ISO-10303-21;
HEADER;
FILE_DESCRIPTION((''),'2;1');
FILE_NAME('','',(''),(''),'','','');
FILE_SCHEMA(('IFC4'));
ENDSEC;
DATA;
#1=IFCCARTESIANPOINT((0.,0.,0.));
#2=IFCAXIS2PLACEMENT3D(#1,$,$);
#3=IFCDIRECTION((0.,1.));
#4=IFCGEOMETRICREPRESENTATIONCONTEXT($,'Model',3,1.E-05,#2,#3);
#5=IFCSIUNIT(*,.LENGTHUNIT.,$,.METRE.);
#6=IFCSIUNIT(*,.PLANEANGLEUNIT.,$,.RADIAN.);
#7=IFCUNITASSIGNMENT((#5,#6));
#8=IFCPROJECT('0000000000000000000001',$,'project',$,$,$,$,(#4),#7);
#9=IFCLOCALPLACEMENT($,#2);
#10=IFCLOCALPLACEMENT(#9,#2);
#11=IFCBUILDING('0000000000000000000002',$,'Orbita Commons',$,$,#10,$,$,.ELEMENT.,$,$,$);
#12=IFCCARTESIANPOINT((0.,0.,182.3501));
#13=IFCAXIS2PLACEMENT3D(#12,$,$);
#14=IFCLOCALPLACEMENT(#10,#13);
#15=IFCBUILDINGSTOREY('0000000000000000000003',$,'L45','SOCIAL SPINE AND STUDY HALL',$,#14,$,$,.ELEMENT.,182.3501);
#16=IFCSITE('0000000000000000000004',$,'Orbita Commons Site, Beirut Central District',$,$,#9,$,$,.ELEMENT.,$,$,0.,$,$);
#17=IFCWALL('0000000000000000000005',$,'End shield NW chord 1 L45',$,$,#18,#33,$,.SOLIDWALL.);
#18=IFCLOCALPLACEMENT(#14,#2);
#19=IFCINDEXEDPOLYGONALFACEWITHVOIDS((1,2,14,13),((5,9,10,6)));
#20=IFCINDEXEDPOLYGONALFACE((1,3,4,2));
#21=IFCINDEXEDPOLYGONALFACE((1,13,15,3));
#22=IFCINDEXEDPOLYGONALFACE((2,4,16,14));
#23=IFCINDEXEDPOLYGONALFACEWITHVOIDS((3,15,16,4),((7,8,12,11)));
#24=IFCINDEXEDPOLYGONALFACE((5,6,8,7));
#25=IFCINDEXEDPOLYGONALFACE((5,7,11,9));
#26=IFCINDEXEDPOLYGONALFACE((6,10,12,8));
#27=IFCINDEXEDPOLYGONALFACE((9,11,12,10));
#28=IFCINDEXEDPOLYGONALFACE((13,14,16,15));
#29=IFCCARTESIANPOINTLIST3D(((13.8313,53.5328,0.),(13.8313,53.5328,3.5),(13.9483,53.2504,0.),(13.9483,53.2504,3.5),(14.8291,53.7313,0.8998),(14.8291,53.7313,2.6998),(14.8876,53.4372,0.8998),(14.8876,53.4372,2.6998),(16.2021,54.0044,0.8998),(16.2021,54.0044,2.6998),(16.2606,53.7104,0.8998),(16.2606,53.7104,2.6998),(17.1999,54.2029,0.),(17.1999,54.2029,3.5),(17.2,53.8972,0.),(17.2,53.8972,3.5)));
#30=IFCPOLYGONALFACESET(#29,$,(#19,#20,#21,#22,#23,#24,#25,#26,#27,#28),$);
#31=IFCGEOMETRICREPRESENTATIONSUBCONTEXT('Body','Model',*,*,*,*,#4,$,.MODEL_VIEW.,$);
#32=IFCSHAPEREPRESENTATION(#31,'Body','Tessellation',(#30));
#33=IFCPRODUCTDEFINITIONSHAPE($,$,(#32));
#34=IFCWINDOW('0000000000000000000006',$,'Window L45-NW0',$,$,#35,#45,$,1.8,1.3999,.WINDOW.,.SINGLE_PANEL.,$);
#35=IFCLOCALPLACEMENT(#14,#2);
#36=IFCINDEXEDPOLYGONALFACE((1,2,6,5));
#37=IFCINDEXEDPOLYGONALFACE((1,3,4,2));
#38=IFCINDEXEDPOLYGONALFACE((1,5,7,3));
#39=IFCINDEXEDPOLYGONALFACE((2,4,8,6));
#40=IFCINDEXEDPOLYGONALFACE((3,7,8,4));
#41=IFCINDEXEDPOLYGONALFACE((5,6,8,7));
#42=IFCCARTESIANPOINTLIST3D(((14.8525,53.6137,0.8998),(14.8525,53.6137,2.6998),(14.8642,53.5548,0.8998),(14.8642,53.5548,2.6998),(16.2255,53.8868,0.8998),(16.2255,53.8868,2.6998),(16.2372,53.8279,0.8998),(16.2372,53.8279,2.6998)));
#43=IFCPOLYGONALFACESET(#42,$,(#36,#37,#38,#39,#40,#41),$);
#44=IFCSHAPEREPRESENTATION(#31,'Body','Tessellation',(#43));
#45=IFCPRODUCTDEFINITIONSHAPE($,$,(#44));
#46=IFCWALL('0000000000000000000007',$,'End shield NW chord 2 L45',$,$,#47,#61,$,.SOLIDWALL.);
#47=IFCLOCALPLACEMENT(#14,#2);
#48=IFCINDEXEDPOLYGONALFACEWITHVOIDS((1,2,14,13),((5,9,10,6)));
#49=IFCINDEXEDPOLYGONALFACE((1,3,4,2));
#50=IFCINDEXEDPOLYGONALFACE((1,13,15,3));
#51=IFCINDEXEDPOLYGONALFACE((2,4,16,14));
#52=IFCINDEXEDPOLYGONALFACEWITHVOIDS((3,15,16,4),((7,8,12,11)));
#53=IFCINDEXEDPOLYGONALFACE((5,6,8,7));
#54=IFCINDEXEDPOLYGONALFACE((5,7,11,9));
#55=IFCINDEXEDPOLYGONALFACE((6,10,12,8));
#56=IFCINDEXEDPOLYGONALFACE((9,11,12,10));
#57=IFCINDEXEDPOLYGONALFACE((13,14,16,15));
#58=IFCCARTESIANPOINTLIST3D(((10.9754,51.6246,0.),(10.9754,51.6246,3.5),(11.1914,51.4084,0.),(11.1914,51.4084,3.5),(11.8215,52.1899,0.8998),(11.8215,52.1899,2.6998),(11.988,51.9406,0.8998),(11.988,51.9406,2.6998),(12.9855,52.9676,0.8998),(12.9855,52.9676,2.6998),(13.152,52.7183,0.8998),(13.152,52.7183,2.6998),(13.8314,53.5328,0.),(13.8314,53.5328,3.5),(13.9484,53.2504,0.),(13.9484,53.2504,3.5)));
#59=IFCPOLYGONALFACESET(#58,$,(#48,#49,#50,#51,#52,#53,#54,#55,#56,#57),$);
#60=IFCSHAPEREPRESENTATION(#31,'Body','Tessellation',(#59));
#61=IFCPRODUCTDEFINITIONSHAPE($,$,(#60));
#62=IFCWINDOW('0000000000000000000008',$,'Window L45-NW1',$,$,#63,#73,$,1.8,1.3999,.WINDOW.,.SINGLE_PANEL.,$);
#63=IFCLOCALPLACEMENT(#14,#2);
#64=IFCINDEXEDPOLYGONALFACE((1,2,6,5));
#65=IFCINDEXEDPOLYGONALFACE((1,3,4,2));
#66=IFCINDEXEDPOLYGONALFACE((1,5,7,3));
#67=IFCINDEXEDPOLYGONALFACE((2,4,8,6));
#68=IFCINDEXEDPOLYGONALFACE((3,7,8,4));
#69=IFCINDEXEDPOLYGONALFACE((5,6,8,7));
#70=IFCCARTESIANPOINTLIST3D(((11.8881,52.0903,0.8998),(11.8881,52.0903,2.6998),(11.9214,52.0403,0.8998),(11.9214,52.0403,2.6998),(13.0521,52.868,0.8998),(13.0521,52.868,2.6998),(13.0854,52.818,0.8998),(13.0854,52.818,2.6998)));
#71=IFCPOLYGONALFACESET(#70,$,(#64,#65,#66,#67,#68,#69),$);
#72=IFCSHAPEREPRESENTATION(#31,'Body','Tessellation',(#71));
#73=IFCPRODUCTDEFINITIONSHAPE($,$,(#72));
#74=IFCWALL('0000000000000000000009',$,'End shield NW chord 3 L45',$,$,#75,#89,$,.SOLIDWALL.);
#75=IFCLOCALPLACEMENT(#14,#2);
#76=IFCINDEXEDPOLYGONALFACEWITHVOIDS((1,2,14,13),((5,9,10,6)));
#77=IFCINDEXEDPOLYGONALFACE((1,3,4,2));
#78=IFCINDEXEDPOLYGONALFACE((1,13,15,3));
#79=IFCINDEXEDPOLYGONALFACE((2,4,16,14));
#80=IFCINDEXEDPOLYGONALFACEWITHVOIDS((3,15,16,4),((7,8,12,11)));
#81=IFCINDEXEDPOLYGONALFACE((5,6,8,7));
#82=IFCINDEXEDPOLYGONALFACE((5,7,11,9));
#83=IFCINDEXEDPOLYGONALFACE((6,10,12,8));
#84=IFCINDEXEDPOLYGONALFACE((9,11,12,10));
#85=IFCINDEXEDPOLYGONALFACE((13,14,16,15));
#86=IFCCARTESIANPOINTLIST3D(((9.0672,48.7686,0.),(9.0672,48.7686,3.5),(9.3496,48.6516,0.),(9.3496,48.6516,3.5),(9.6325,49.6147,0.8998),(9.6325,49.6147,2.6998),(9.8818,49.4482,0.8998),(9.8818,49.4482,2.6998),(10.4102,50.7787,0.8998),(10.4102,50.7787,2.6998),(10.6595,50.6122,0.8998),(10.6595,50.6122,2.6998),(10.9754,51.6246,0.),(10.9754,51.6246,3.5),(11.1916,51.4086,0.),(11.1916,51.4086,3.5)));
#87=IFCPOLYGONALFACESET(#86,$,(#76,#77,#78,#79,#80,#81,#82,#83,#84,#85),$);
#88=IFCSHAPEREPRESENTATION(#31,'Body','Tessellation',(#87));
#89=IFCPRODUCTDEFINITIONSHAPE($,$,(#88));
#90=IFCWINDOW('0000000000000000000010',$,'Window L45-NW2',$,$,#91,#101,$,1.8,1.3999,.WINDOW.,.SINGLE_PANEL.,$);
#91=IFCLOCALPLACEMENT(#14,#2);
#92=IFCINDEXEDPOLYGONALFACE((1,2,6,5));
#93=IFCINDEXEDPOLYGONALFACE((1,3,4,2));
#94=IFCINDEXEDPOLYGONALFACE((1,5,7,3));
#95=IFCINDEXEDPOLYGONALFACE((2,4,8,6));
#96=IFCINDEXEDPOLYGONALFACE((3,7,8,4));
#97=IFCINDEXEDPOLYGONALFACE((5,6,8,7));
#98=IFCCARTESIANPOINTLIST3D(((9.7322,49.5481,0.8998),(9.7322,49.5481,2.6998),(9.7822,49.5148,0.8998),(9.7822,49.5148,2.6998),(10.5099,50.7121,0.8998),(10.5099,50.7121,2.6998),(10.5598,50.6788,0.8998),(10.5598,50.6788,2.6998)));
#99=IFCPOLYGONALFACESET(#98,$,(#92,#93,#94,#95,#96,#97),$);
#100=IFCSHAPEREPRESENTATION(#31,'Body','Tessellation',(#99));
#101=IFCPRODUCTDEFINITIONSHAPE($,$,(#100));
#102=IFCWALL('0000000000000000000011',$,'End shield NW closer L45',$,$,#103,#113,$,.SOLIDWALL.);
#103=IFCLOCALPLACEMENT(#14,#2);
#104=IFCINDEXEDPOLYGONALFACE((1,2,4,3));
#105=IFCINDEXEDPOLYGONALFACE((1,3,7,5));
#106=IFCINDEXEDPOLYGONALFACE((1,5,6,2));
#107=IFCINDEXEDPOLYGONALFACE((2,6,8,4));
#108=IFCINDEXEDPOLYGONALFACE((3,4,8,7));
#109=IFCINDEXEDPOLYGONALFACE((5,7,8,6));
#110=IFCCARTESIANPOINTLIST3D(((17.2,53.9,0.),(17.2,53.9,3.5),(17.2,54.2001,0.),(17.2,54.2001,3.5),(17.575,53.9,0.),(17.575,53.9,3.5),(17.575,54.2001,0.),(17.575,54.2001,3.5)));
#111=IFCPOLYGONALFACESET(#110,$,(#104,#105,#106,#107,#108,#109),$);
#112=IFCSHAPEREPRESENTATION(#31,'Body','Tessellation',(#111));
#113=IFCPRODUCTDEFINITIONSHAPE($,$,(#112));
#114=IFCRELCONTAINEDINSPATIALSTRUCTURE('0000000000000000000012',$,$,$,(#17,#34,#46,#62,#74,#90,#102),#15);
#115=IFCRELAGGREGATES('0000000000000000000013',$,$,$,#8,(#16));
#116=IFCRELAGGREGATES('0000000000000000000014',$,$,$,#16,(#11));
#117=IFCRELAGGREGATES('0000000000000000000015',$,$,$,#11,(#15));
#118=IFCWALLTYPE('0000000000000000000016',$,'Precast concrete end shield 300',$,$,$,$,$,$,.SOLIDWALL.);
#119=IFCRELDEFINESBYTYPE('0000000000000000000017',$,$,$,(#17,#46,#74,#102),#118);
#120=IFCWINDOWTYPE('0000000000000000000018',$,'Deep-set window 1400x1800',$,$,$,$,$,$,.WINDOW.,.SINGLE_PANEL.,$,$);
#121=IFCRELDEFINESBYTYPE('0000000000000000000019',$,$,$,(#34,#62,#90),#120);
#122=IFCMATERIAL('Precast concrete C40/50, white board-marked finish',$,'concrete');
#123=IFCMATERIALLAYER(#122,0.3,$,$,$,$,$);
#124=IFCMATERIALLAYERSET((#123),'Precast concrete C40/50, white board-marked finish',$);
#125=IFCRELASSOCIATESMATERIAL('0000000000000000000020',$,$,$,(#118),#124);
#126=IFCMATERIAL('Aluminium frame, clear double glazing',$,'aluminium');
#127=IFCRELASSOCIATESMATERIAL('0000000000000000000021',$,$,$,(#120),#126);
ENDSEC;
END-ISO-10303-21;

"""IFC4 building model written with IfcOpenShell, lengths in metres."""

from ifc_helpers import new_model, si_unit, direction, frame, frame_2d, origin, place, context, subcontext, project, spatial, polyline, rectangle, outline, extrude, material, layer, layer_set, type_object, element, fill, save


model = new_model("IFC4")

# Units and contexts
model_context = context("Model", 3, precision=1e-05, world=origin(), true_north=direction((0.0, 1.0)))
body_context = subcontext(model_context, "Body", "Model", "MODEL_VIEW")
ifc_project = project(units=[si_unit("LENGTHUNIT", "METRE"), si_unit("PLANEANGLEUNIT", "RADIAN")], contexts=[model_context])

# Site, building, storey
site_placement = place(None, origin())
site = spatial("IfcSite", under=ifc_project, at=site_placement, Name="Orbita Commons Site, Beirut Central District", CompositionType="ELEMENT", RefElevation=0.0)
building_placement = place(site_placement, origin())
building = spatial("IfcBuilding", under=site, at=building_placement, Name="Orbita Commons", CompositionType="ELEMENT")
storey_placement = place(building_placement, frame((0.0, 0.0, 182.3501)))
storey = spatial("IfcBuildingStorey", under=building, at=storey_placement, Name="L45", Description="SOCIAL SPINE AND STUDY HALL", CompositionType="ELEMENT", Elevation=182.3501)

# Walls, openings, windows
ifc_material_1 = material(Name="Precast concrete C40/50, white board-marked finish", Category="concrete")
ifc_layer_1 = layer(ifc_material_1, 0.3)
ifc_layer_set_1 = layer_set([ifc_layer_1], Name="Precast concrete C40/50, white board-marked finish")
wall_type_1 = type_object("IfcWallType", Name="Precast concrete end shield 300", PredefinedType="SOLIDWALL", material=ifc_layer_set_1)
wall_1_placement = place(storey_placement, frame((17.2, 54.05, 0.0), z_axis=(0.0, 0.0, 1.0), x_axis=(-0.980783, -0.1951, 0.0)))
wall_1 = element("IfcWall", 1, at=wall_1_placement, inside=storey, type_object=wall_type_1, Name="End shield NW chord 1 L45", PredefinedType="SOLIDWALL", context=body_context, shape_type="SweptSolid", body=[
    extrude(outline(polyline([(-0.0298, -0.1499), (3.4048, -0.1499), (3.3452, 0.1499), (0.0298, 0.1499), (-0.0298, -0.1499)])), origin(), (0.0, 0.0, 1.0), 3.5),
])
opening_1_placement = place(wall_1_placement, frame((0.9875, 0.0, 0.8999)))
opening_1 = element("IfcOpeningElement", 2, at=opening_1_placement, cuts=wall_1, PredefinedType="OPENING", context=body_context, shape_type="SweptSolid", body=[
    extrude(rectangle(XDim=1.3999, YDim=1.8, at=frame_2d((0.7, 0.8999))), frame((0.0, 0.1599, 0.0), z_axis=(0.0, -1.0, 0.0), x_axis=(1.0, 0.0, 0.0)), (0.0, 0.0, 1.0), 0.3201),
])
ifc_material_2 = material(Name="Aluminium frame, clear double glazing", Category="aluminium")
window_type = type_object("IfcWindowType", Name="Deep-set window 1400x1800", PartitioningType="SINGLE_PANEL", PredefinedType="WINDOW", material=ifc_material_2)
window_1_placement = place(opening_1_placement, origin())
window_1 = element("IfcWindow", 3, at=window_1_placement, inside=storey, type_object=window_type, Name="Window L45-NW0", OverallHeight=1.8, OverallWidth=1.3999, PartitioningType="SINGLE_PANEL", PredefinedType="WINDOW", context=body_context, shape_type="SweptSolid", body=[
    extrude(rectangle(XDim=1.3999, YDim=1.8, at=frame_2d((0.7, 0.8999))), frame((0.0, 0.03, 0.0), z_axis=(0.0, -1.0, 0.0), x_axis=(1.0, 0.0, 0.0)), (0.0, 0.0, 1.0), 0.0601),
])
fill(opening_1, window_1)
wall_2_placement = place(storey_placement, frame((13.8899, 53.3916, 0.0), z_axis=(0.0, 0.0, 1.0), x_axis=(-0.831493, -0.555535, 0.0)))
wall_2 = element("IfcWall", 4, at=wall_2_placement, inside=storey, type_object=wall_type_1, Name="End shield NW chord 2 L45", PredefinedType="SOLIDWALL", context=body_context, shape_type="SweptSolid", body=[
    extrude(outline(polyline([(-0.0298, -0.1499), (3.405, -0.1499), (3.3455, 0.1499), (0.0298, 0.1499), (-0.0298, -0.1499)])), origin(), (0.0, 0.0, 1.0), 3.5),
])
opening_2_placement = place(wall_2_placement, frame((0.9875, 0.0, 0.8999)))
opening_2 = element("IfcOpeningElement", 5, at=opening_2_placement, cuts=wall_2, PredefinedType="OPENING", context=body_context, shape_type="SweptSolid", body=[
    extrude(rectangle(XDim=1.3999, YDim=1.8, at=frame_2d((0.7, 0.8999))), frame((0.0, 0.1599, 0.0), z_axis=(0.0, -1.0, 0.0), x_axis=(1.0, 0.0, 0.0)), (0.0, 0.0, 1.0), 0.3201),
])
window_2_placement = place(opening_2_placement, origin())
window_2 = element("IfcWindow", 6, at=window_2_placement, inside=storey, type_object=window_type, Name="Window L45-NW1", OverallHeight=1.8, OverallWidth=1.3999, PartitioningType="SINGLE_PANEL", PredefinedType="WINDOW", context=body_context, shape_type="SweptSolid", body=[
    extrude(rectangle(XDim=1.3999, YDim=1.8, at=frame_2d((0.7, 0.8999))), frame((0.0, 0.03, 0.0), z_axis=(0.0, -1.0, 0.0), x_axis=(1.0, 0.0, 0.0)), (0.0, 0.0, 1.0), 0.0601),
])
fill(opening_2, window_2)
wall_3_placement = place(storey_placement, frame((11.0835, 51.5166, 0.0), z_axis=(0.0, 0.0, 1.0), x_axis=(-0.555535, -0.831493, 0.0)))
wall_3 = element("IfcWall", 7, at=wall_3_placement, inside=storey, type_object=wall_type_1, Name="End shield NW chord 3 L45", PredefinedType="SOLIDWALL", context=body_context, shape_type="SweptSolid", body=[
    extrude(outline(polyline([(-0.0298, -0.1499), (3.405, -0.1499), (3.3455, 0.1499), (0.0298, 0.1499), (-0.0298, -0.1499)])), origin(), (0.0, 0.0, 1.0), 3.5),
])
opening_3_placement = place(wall_3_placement, frame((0.9875, 0.0, 0.8999)))
opening_3 = element("IfcOpeningElement", 8, at=opening_3_placement, cuts=wall_3, PredefinedType="OPENING", context=body_context, shape_type="SweptSolid", body=[
    extrude(rectangle(XDim=1.3999, YDim=1.8, at=frame_2d((0.7, 0.8999))), frame((0.0, 0.1599, 0.0), z_axis=(0.0, -1.0, 0.0), x_axis=(1.0, 0.0, 0.0)), (0.0, 0.0, 1.0), 0.3201),
])
window_3_placement = place(opening_3_placement, origin())
window_3 = element("IfcWindow", 9, at=window_3_placement, inside=storey, type_object=window_type, Name="Window L45-NW2", OverallHeight=1.8, OverallWidth=1.3999, PartitioningType="SINGLE_PANEL", PredefinedType="WINDOW", context=body_context, shape_type="SweptSolid", body=[
    extrude(rectangle(XDim=1.3999, YDim=1.8, at=frame_2d((0.7, 0.8999))), frame((0.0, 0.03, 0.0), z_axis=(0.0, -1.0, 0.0), x_axis=(1.0, 0.0, 0.0)), (0.0, 0.0, 1.0), 0.0601),
])
fill(opening_3, window_3)

# Wall
wall_4_placement = place(storey_placement, frame((17.2, 54.05, 0.0), z_axis=(0.0, 0.0, 1.0), x_axis=(1.0, 0.0, 0.0)))
element("IfcWall", 10, at=wall_4_placement, inside=storey, type_object=wall_type_1, Name="End shield NW closer L45", PredefinedType="SOLIDWALL", context=body_context, shape_type="SweptSolid", body=[
    extrude(rectangle(XDim=0.375, YDim=0.3, at=frame_2d((0.1875, 0.0))), origin(), (0.0, 0.0, 1.0), 3.5),
])

save(model, "model.ifc")
